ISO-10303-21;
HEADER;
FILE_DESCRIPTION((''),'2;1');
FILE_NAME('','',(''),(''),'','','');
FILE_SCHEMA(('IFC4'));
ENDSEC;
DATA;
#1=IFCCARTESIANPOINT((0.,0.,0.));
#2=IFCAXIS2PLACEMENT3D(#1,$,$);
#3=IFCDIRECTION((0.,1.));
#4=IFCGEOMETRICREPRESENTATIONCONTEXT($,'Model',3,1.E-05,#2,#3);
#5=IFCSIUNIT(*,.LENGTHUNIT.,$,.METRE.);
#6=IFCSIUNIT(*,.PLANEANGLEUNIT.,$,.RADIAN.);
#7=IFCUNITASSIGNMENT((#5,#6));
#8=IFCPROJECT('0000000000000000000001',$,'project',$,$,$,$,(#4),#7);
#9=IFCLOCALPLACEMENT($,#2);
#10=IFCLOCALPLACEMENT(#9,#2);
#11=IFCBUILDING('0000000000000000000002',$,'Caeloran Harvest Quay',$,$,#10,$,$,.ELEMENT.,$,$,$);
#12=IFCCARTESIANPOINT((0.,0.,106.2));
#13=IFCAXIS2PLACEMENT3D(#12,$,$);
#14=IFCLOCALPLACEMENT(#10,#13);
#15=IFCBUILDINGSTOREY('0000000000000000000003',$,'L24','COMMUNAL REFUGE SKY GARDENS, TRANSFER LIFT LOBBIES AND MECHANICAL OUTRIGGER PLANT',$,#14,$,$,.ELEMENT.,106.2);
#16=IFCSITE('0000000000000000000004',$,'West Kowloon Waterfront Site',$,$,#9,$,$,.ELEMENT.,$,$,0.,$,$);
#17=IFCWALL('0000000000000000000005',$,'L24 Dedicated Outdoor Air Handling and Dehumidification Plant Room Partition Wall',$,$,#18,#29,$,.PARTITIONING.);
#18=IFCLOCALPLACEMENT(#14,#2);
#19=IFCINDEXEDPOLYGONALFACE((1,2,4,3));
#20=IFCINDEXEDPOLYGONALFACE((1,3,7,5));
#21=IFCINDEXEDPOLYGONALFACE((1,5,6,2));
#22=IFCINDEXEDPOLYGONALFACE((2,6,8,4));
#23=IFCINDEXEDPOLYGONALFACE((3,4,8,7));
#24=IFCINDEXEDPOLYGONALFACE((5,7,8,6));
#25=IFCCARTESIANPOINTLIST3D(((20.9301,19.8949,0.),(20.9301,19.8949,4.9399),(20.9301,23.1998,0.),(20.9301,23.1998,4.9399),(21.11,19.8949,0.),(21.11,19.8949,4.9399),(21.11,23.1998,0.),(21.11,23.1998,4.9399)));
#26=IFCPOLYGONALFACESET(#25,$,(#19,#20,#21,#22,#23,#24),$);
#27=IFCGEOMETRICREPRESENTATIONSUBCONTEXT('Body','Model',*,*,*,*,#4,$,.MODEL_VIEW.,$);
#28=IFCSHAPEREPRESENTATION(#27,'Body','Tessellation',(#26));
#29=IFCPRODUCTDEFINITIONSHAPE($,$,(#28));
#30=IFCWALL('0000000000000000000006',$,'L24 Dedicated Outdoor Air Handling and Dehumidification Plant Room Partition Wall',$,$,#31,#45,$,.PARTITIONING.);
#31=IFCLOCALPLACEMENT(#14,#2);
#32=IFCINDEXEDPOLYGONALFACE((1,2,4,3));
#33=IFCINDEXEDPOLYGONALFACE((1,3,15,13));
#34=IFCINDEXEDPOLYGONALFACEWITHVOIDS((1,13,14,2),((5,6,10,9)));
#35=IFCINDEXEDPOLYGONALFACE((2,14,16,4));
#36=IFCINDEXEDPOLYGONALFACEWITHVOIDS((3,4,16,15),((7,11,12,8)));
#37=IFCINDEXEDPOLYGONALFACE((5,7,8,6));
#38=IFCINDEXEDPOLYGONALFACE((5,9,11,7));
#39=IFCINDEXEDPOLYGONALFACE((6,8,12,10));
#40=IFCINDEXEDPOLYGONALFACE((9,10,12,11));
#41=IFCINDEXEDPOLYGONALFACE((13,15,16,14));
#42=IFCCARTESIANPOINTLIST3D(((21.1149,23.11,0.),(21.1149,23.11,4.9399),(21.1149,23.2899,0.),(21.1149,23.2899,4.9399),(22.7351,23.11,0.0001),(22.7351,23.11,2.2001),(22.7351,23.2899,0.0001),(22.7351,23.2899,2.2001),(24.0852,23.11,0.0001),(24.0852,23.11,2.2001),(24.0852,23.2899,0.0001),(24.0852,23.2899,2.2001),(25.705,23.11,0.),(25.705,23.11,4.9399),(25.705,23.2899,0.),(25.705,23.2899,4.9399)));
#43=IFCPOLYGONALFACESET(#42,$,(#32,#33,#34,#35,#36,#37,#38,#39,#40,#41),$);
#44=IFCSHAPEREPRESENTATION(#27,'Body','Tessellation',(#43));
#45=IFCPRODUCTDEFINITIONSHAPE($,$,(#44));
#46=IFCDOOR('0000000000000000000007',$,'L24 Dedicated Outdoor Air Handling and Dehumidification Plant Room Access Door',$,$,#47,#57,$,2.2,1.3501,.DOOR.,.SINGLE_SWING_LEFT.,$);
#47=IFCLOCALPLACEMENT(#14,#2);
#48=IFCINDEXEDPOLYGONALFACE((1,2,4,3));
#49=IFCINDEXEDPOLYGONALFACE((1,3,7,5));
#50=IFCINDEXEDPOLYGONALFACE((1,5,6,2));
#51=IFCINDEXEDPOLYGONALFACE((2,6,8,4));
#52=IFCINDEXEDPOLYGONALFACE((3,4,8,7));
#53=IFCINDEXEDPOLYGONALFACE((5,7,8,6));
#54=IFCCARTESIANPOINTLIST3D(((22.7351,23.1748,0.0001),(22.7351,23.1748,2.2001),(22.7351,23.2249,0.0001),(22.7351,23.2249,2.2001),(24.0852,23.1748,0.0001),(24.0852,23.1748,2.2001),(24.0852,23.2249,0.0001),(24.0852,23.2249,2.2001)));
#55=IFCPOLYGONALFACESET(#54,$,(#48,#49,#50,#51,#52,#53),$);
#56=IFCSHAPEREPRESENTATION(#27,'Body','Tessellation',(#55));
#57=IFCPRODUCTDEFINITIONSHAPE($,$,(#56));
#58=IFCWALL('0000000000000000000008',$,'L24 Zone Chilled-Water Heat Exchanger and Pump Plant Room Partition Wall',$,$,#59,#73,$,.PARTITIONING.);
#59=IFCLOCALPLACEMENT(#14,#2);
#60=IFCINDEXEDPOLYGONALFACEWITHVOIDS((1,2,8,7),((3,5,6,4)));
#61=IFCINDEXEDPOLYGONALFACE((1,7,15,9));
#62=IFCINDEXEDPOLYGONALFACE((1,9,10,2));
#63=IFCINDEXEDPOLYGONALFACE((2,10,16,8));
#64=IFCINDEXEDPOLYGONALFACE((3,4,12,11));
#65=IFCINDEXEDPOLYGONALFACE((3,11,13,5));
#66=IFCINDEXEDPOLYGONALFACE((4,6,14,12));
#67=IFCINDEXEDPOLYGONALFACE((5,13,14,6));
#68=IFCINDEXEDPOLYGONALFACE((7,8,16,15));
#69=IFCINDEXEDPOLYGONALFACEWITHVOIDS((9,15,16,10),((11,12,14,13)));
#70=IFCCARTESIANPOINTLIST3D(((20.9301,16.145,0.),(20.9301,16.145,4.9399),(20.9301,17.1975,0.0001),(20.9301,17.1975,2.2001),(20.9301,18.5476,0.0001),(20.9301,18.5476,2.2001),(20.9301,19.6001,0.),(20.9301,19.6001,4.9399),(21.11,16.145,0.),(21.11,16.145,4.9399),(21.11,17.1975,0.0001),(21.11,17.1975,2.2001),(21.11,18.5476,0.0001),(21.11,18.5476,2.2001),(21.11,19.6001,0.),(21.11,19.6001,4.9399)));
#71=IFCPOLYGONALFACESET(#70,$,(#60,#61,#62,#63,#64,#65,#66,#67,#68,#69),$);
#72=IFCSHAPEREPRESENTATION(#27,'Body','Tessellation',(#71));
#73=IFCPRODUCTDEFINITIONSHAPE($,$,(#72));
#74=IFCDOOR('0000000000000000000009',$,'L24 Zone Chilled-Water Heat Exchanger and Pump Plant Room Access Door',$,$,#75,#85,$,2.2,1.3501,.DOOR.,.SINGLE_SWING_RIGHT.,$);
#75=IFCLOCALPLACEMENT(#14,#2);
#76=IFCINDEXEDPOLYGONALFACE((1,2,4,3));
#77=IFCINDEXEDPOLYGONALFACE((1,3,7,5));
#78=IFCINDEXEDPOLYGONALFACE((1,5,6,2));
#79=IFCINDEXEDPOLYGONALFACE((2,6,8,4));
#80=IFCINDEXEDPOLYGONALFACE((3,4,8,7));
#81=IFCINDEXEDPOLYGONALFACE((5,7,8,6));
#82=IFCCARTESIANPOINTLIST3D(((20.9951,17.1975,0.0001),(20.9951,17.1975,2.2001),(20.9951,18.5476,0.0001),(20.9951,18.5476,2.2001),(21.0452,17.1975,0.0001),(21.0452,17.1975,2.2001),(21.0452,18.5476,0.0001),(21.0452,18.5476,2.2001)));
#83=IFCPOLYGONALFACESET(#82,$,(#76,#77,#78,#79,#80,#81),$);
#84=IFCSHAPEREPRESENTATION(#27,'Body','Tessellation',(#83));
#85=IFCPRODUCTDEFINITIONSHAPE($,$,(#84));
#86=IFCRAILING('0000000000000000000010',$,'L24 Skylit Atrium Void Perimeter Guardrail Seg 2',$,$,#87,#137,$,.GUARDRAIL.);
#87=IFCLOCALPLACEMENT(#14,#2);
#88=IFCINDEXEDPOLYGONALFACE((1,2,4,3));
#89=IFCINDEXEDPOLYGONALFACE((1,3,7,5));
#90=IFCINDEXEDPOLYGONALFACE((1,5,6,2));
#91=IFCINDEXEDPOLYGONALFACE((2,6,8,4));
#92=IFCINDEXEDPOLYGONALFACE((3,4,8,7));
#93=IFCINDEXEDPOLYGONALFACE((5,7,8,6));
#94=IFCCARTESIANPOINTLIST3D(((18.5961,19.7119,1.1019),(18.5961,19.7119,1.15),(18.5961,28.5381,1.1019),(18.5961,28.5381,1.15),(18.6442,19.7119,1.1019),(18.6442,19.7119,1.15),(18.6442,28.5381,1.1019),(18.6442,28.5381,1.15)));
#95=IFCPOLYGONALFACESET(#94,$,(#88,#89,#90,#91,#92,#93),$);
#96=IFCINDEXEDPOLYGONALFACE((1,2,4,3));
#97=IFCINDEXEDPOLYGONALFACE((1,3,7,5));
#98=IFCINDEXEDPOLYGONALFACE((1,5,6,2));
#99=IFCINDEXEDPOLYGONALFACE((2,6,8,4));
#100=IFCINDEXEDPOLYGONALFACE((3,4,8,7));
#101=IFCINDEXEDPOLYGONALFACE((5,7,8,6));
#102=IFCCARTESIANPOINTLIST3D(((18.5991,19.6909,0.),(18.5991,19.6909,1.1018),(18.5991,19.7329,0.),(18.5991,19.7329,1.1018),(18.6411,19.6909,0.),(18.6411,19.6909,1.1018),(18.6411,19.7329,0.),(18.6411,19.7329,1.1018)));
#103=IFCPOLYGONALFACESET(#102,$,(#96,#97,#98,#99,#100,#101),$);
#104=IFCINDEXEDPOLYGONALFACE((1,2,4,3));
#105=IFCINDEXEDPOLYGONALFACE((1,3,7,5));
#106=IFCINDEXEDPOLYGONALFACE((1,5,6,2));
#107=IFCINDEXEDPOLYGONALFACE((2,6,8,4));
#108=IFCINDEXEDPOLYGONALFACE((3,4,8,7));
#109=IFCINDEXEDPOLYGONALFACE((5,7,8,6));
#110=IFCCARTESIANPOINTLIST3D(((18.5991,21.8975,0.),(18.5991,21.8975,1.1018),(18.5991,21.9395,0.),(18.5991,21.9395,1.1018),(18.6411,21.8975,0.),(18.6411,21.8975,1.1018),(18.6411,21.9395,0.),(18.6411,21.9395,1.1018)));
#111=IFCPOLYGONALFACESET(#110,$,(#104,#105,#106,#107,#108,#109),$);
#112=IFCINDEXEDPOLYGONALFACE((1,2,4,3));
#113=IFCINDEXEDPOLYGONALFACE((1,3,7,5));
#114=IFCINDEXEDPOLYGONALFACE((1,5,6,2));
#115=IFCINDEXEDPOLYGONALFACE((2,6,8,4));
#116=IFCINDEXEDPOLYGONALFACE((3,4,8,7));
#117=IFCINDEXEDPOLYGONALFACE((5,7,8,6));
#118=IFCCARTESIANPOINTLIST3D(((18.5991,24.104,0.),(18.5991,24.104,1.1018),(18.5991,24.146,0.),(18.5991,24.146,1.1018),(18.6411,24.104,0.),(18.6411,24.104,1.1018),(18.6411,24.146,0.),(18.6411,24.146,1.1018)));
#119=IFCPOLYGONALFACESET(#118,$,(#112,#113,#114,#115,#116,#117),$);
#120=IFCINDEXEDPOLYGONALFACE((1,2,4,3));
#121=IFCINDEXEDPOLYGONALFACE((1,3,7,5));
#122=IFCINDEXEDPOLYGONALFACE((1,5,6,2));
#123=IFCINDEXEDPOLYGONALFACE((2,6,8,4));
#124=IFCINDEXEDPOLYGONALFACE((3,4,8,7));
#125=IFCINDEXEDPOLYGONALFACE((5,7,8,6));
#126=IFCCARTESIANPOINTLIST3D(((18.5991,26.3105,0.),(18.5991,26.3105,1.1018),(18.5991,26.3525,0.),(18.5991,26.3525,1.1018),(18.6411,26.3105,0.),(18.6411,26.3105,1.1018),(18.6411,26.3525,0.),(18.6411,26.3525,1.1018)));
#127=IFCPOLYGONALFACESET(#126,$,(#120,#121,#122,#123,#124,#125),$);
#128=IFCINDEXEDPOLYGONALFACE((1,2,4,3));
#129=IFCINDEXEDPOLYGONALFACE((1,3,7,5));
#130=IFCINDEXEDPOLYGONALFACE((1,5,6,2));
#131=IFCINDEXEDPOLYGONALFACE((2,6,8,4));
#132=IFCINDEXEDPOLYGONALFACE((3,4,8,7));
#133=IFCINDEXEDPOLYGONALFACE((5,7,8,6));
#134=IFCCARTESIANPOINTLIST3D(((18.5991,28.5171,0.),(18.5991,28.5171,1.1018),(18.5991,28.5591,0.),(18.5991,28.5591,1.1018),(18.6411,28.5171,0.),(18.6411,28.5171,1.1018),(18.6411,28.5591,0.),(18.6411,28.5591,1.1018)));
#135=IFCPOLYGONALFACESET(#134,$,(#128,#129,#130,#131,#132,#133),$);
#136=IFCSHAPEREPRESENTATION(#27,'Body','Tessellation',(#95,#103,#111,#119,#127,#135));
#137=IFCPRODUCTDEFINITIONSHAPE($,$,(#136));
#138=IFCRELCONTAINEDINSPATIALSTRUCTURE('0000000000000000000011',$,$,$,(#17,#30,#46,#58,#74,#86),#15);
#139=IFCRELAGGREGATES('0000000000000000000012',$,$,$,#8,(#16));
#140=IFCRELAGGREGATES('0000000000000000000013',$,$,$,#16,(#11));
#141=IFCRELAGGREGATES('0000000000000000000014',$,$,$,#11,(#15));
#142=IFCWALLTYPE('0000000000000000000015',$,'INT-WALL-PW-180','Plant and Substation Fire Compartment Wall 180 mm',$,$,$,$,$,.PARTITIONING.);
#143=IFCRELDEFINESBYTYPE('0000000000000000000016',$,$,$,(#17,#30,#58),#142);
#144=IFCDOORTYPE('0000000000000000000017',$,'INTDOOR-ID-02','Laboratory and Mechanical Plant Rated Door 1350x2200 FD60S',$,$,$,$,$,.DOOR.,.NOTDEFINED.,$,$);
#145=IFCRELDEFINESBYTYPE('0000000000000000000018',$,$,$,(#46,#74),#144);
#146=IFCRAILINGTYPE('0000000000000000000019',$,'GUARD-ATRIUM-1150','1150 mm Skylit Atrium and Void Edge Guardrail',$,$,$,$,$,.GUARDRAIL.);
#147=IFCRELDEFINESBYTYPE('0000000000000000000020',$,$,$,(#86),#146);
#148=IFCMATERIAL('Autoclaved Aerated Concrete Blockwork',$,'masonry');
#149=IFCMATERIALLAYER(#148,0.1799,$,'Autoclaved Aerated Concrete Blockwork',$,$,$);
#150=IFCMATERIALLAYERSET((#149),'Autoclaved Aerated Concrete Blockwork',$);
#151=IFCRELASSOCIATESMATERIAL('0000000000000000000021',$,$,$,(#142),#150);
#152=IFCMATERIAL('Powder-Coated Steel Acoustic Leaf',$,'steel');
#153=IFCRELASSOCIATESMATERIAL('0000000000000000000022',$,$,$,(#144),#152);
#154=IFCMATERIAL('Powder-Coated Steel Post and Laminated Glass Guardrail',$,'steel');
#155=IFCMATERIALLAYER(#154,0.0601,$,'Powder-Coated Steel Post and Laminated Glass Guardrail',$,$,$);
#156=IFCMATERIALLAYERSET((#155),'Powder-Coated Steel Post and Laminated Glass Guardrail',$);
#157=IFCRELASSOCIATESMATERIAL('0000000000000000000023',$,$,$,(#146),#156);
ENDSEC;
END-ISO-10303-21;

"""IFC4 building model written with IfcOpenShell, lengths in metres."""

from ifc_helpers import new_model, si_unit, direction, frame, frame_2d, origin, origin_2d, place, context, subcontext, project, spatial, rectangle, extrude, material, layer, layer_set, type_object, element, fill, save


model = new_model("IFC4")

# Units and contexts
model_context = context("Model", 3, precision=1e-05, world=origin(), true_north=direction((0.0, 1.0)))
body_context = subcontext(model_context, "Body", "Model", "MODEL_VIEW")
ifc_project = project(units=[si_unit("LENGTHUNIT", "METRE"), si_unit("PLANEANGLEUNIT", "RADIAN")], contexts=[model_context])

# Site, building, storey
site_placement = place(None, origin())
site = spatial("IfcSite", under=ifc_project, at=site_placement, Name="West Kowloon Waterfront Site", CompositionType="ELEMENT", RefElevation=0.0)
building_placement = place(site_placement, origin())
building = spatial("IfcBuilding", under=site, at=building_placement, Name="Caeloran Harvest Quay", CompositionType="ELEMENT")
storey_placement = place(building_placement, frame((0.0, 0.0, 106.2)))
storey = spatial("IfcBuildingStorey", under=building, at=storey_placement, Name="L24", Description="COMMUNAL REFUGE SKY GARDENS, TRANSFER LIFT LOBBIES AND MECHANICAL OUTRIGGER PLANT", CompositionType="ELEMENT", Elevation=106.2)

# Wall
ifc_material_1 = material(Name="Autoclaved Aerated Concrete Blockwork", Category="masonry")
ifc_layer_1 = layer(ifc_material_1, 0.1799, Name="Autoclaved Aerated Concrete Blockwork")
ifc_layer_set_1 = layer_set([ifc_layer_1], Name="Autoclaved Aerated Concrete Blockwork")
wall_type_1 = type_object("IfcWallType", Name="INT-WALL-PW-180", Description="Plant and Substation Fire Compartment Wall 180 mm", PredefinedType="PARTITIONING", material=ifc_layer_set_1)
wall_1_placement = place(storey_placement, frame((21.02, 19.895, 0.0), z_axis=(0.0, 0.0, 1.0), x_axis=(0.0, 1.0, 0.0)))
element("IfcWall", 1, at=wall_1_placement, inside=storey, type_object=wall_type_1, Name="L24 Dedicated Outdoor Air Handling and Dehumidification Plant Room Partition Wall", PredefinedType="PARTITIONING", context=body_context, shape_type="SweptSolid", body=[
    extrude(rectangle(XDim=3.3049, YDim=0.1799, at=frame_2d((1.6523, 0.0))), origin(), (0.0, 0.0, 1.0), 4.9399),
])

# Walls, openings, doors
wall_2_placement = place(storey_placement, frame((21.115, 23.2, 0.0), z_axis=(0.0, 0.0, 1.0), x_axis=(1.0, 0.0, 0.0)))
wall_2 = element("IfcWall", 2, at=wall_2_placement, inside=storey, type_object=wall_type_1, Name="L24 Dedicated Outdoor Air Handling and Dehumidification Plant Room Partition Wall", PredefinedType="PARTITIONING", context=body_context, shape_type="SweptSolid", body=[
    extrude(rectangle(XDim=4.5901, YDim=0.1799, at=frame_2d((2.2949, 0.0))), origin(), (0.0, 0.0, 1.0), 4.9399),
])
opening_1_placement = place(wall_2_placement, frame((1.6201, 0.0, 0.0)))
opening_1 = element("IfcOpeningElement", 3, at=opening_1_placement, cuts=wall_2, PredefinedType="OPENING", context=body_context, shape_type="SweptSolid", body=[
    extrude(rectangle(XDim=1.3501, YDim=2.2, at=frame_2d((0.675, 1.1001))), frame((0.0, 0.1001, 0.0), z_axis=(0.0, -1.0, 0.0), x_axis=(1.0, 0.0, 0.0)), (0.0, 0.0, 1.0), 0.2),
])
ifc_material_2 = material(Name="Powder-Coated Steel Acoustic Leaf", Category="steel")
door_type_1 = type_object("IfcDoorType", Name="INTDOOR-ID-02", Description="Laboratory and Mechanical Plant Rated Door 1350x2200 FD60S", OperationType="NOTDEFINED", PredefinedType="DOOR", material=ifc_material_2)
door_1_placement = place(opening_1_placement, origin())
door_1 = element("IfcDoor", 4, at=door_1_placement, inside=storey, type_object=door_type_1, Name="L24 Dedicated Outdoor Air Handling and Dehumidification Plant Room Access Door", OperationType="SINGLE_SWING_LEFT", OverallHeight=2.2, OverallWidth=1.3501, PredefinedType="DOOR", context=body_context, shape_type="SweptSolid", body=[
    extrude(rectangle(XDim=1.3501, YDim=2.2, at=frame_2d((0.675, 1.1001))), frame((0.0, 0.0249, 0.0), z_axis=(0.0, -1.0, 0.0), x_axis=(1.0, 0.0, 0.0)), (0.0, 0.0, 1.0), 0.05),
])
fill(opening_1, door_1)
wall_3_placement = place(storey_placement, frame((21.02, 16.145, 0.0), z_axis=(0.0, 0.0, 1.0), x_axis=(0.0, 1.0, 0.0)))
wall_3 = element("IfcWall", 5, at=wall_3_placement, inside=storey, type_object=wall_type_1, Name="L24 Zone Chilled-Water Heat Exchanger and Pump Plant Room Partition Wall", PredefinedType="PARTITIONING", context=body_context, shape_type="SweptSolid", body=[
    extrude(rectangle(XDim=3.4551, YDim=0.1799, at=frame_2d((1.7275, 0.0))), origin(), (0.0, 0.0, 1.0), 4.9399),
])
opening_2_placement = place(wall_3_placement, frame((1.0525, 0.0, 0.0)))
opening_2 = element("IfcOpeningElement", 6, at=opening_2_placement, cuts=wall_3, PredefinedType="OPENING", context=body_context, shape_type="SweptSolid", body=[
    extrude(rectangle(XDim=1.3501, YDim=2.2, at=frame_2d((0.675, 1.1001))), frame((0.0, 0.1001, 0.0), z_axis=(0.0, -1.0, 0.0), x_axis=(1.0, 0.0, 0.0)), (0.0, 0.0, 1.0), 0.2),
])
door_2_placement = place(opening_2_placement, origin())
door_2 = element("IfcDoor", 7, at=door_2_placement, inside=storey, type_object=door_type_1, Name="L24 Zone Chilled-Water Heat Exchanger and Pump Plant Room Access Door", OperationType="SINGLE_SWING_RIGHT", OverallHeight=2.2, OverallWidth=1.3501, PredefinedType="DOOR", context=body_context, shape_type="SweptSolid", body=[
    extrude(rectangle(XDim=1.3501, YDim=2.2, at=frame_2d((0.675, 1.1001))), frame((0.0, 0.0249, 0.0), z_axis=(0.0, -1.0, 0.0), x_axis=(1.0, 0.0, 0.0)), (0.0, 0.0, 1.0), 0.05),
])
fill(opening_2, door_2)

# Railing
ifc_material_3 = material(Name="Powder-Coated Steel Post and Laminated Glass Guardrail", Category="steel")
ifc_layer_2 = layer(ifc_material_3, 0.0601, Name="Powder-Coated Steel Post and Laminated Glass Guardrail")
ifc_layer_set_2 = layer_set([ifc_layer_2], Name="Powder-Coated Steel Post and Laminated Glass Guardrail")
railing_type = type_object("IfcRailingType", Name="GUARD-ATRIUM-1150", Description="1150 mm Skylit Atrium and Void Edge Guardrail", PredefinedType="GUARDRAIL", material=ifc_layer_set_2)
railing_placement = place(storey_placement, frame((18.6201, 19.7119, 0.0)))
element("IfcRailing", 8, at=railing_placement, inside=storey, type_object=railing_type, Name="L24 Skylit Atrium Void Perimeter Guardrail Seg 2", PredefinedType="GUARDRAIL", context=body_context, shape_type="SweptSolid", body=[
    extrude(rectangle(XDim=0.0481, YDim=0.0481, at=origin_2d()), frame((0.0, 0.0, 1.126), z_axis=(0.0, 1.0, 0.0), x_axis=(-1.0, 0.0, 0.0)), (0.0, 0.0, 1.0), 8.8262),
    extrude(rectangle(XDim=0.042, YDim=0.042, at=origin_2d()), origin(), (0.0, 0.0, 1.0), 1.1018),
    extrude(rectangle(XDim=0.042, YDim=0.042, at=origin_2d()), frame((0.0, 2.2065, 0.0)), (0.0, 0.0, 1.0), 1.1018),
    extrude(rectangle(XDim=0.042, YDim=0.042, at=origin_2d()), frame((0.0, 4.4131, 0.0)), (0.0, 0.0, 1.0), 1.1018),
    extrude(rectangle(XDim=0.042, YDim=0.042, at=origin_2d()), frame((0.0, 6.6196, 0.0)), (0.0, 0.0, 1.0), 1.1018),
    extrude(rectangle(XDim=0.042, YDim=0.042, at=origin_2d()), frame((0.0, 8.8262, 0.0)), (0.0, 0.0, 1.0), 1.1018),
])

save(model, "model.ifc")
